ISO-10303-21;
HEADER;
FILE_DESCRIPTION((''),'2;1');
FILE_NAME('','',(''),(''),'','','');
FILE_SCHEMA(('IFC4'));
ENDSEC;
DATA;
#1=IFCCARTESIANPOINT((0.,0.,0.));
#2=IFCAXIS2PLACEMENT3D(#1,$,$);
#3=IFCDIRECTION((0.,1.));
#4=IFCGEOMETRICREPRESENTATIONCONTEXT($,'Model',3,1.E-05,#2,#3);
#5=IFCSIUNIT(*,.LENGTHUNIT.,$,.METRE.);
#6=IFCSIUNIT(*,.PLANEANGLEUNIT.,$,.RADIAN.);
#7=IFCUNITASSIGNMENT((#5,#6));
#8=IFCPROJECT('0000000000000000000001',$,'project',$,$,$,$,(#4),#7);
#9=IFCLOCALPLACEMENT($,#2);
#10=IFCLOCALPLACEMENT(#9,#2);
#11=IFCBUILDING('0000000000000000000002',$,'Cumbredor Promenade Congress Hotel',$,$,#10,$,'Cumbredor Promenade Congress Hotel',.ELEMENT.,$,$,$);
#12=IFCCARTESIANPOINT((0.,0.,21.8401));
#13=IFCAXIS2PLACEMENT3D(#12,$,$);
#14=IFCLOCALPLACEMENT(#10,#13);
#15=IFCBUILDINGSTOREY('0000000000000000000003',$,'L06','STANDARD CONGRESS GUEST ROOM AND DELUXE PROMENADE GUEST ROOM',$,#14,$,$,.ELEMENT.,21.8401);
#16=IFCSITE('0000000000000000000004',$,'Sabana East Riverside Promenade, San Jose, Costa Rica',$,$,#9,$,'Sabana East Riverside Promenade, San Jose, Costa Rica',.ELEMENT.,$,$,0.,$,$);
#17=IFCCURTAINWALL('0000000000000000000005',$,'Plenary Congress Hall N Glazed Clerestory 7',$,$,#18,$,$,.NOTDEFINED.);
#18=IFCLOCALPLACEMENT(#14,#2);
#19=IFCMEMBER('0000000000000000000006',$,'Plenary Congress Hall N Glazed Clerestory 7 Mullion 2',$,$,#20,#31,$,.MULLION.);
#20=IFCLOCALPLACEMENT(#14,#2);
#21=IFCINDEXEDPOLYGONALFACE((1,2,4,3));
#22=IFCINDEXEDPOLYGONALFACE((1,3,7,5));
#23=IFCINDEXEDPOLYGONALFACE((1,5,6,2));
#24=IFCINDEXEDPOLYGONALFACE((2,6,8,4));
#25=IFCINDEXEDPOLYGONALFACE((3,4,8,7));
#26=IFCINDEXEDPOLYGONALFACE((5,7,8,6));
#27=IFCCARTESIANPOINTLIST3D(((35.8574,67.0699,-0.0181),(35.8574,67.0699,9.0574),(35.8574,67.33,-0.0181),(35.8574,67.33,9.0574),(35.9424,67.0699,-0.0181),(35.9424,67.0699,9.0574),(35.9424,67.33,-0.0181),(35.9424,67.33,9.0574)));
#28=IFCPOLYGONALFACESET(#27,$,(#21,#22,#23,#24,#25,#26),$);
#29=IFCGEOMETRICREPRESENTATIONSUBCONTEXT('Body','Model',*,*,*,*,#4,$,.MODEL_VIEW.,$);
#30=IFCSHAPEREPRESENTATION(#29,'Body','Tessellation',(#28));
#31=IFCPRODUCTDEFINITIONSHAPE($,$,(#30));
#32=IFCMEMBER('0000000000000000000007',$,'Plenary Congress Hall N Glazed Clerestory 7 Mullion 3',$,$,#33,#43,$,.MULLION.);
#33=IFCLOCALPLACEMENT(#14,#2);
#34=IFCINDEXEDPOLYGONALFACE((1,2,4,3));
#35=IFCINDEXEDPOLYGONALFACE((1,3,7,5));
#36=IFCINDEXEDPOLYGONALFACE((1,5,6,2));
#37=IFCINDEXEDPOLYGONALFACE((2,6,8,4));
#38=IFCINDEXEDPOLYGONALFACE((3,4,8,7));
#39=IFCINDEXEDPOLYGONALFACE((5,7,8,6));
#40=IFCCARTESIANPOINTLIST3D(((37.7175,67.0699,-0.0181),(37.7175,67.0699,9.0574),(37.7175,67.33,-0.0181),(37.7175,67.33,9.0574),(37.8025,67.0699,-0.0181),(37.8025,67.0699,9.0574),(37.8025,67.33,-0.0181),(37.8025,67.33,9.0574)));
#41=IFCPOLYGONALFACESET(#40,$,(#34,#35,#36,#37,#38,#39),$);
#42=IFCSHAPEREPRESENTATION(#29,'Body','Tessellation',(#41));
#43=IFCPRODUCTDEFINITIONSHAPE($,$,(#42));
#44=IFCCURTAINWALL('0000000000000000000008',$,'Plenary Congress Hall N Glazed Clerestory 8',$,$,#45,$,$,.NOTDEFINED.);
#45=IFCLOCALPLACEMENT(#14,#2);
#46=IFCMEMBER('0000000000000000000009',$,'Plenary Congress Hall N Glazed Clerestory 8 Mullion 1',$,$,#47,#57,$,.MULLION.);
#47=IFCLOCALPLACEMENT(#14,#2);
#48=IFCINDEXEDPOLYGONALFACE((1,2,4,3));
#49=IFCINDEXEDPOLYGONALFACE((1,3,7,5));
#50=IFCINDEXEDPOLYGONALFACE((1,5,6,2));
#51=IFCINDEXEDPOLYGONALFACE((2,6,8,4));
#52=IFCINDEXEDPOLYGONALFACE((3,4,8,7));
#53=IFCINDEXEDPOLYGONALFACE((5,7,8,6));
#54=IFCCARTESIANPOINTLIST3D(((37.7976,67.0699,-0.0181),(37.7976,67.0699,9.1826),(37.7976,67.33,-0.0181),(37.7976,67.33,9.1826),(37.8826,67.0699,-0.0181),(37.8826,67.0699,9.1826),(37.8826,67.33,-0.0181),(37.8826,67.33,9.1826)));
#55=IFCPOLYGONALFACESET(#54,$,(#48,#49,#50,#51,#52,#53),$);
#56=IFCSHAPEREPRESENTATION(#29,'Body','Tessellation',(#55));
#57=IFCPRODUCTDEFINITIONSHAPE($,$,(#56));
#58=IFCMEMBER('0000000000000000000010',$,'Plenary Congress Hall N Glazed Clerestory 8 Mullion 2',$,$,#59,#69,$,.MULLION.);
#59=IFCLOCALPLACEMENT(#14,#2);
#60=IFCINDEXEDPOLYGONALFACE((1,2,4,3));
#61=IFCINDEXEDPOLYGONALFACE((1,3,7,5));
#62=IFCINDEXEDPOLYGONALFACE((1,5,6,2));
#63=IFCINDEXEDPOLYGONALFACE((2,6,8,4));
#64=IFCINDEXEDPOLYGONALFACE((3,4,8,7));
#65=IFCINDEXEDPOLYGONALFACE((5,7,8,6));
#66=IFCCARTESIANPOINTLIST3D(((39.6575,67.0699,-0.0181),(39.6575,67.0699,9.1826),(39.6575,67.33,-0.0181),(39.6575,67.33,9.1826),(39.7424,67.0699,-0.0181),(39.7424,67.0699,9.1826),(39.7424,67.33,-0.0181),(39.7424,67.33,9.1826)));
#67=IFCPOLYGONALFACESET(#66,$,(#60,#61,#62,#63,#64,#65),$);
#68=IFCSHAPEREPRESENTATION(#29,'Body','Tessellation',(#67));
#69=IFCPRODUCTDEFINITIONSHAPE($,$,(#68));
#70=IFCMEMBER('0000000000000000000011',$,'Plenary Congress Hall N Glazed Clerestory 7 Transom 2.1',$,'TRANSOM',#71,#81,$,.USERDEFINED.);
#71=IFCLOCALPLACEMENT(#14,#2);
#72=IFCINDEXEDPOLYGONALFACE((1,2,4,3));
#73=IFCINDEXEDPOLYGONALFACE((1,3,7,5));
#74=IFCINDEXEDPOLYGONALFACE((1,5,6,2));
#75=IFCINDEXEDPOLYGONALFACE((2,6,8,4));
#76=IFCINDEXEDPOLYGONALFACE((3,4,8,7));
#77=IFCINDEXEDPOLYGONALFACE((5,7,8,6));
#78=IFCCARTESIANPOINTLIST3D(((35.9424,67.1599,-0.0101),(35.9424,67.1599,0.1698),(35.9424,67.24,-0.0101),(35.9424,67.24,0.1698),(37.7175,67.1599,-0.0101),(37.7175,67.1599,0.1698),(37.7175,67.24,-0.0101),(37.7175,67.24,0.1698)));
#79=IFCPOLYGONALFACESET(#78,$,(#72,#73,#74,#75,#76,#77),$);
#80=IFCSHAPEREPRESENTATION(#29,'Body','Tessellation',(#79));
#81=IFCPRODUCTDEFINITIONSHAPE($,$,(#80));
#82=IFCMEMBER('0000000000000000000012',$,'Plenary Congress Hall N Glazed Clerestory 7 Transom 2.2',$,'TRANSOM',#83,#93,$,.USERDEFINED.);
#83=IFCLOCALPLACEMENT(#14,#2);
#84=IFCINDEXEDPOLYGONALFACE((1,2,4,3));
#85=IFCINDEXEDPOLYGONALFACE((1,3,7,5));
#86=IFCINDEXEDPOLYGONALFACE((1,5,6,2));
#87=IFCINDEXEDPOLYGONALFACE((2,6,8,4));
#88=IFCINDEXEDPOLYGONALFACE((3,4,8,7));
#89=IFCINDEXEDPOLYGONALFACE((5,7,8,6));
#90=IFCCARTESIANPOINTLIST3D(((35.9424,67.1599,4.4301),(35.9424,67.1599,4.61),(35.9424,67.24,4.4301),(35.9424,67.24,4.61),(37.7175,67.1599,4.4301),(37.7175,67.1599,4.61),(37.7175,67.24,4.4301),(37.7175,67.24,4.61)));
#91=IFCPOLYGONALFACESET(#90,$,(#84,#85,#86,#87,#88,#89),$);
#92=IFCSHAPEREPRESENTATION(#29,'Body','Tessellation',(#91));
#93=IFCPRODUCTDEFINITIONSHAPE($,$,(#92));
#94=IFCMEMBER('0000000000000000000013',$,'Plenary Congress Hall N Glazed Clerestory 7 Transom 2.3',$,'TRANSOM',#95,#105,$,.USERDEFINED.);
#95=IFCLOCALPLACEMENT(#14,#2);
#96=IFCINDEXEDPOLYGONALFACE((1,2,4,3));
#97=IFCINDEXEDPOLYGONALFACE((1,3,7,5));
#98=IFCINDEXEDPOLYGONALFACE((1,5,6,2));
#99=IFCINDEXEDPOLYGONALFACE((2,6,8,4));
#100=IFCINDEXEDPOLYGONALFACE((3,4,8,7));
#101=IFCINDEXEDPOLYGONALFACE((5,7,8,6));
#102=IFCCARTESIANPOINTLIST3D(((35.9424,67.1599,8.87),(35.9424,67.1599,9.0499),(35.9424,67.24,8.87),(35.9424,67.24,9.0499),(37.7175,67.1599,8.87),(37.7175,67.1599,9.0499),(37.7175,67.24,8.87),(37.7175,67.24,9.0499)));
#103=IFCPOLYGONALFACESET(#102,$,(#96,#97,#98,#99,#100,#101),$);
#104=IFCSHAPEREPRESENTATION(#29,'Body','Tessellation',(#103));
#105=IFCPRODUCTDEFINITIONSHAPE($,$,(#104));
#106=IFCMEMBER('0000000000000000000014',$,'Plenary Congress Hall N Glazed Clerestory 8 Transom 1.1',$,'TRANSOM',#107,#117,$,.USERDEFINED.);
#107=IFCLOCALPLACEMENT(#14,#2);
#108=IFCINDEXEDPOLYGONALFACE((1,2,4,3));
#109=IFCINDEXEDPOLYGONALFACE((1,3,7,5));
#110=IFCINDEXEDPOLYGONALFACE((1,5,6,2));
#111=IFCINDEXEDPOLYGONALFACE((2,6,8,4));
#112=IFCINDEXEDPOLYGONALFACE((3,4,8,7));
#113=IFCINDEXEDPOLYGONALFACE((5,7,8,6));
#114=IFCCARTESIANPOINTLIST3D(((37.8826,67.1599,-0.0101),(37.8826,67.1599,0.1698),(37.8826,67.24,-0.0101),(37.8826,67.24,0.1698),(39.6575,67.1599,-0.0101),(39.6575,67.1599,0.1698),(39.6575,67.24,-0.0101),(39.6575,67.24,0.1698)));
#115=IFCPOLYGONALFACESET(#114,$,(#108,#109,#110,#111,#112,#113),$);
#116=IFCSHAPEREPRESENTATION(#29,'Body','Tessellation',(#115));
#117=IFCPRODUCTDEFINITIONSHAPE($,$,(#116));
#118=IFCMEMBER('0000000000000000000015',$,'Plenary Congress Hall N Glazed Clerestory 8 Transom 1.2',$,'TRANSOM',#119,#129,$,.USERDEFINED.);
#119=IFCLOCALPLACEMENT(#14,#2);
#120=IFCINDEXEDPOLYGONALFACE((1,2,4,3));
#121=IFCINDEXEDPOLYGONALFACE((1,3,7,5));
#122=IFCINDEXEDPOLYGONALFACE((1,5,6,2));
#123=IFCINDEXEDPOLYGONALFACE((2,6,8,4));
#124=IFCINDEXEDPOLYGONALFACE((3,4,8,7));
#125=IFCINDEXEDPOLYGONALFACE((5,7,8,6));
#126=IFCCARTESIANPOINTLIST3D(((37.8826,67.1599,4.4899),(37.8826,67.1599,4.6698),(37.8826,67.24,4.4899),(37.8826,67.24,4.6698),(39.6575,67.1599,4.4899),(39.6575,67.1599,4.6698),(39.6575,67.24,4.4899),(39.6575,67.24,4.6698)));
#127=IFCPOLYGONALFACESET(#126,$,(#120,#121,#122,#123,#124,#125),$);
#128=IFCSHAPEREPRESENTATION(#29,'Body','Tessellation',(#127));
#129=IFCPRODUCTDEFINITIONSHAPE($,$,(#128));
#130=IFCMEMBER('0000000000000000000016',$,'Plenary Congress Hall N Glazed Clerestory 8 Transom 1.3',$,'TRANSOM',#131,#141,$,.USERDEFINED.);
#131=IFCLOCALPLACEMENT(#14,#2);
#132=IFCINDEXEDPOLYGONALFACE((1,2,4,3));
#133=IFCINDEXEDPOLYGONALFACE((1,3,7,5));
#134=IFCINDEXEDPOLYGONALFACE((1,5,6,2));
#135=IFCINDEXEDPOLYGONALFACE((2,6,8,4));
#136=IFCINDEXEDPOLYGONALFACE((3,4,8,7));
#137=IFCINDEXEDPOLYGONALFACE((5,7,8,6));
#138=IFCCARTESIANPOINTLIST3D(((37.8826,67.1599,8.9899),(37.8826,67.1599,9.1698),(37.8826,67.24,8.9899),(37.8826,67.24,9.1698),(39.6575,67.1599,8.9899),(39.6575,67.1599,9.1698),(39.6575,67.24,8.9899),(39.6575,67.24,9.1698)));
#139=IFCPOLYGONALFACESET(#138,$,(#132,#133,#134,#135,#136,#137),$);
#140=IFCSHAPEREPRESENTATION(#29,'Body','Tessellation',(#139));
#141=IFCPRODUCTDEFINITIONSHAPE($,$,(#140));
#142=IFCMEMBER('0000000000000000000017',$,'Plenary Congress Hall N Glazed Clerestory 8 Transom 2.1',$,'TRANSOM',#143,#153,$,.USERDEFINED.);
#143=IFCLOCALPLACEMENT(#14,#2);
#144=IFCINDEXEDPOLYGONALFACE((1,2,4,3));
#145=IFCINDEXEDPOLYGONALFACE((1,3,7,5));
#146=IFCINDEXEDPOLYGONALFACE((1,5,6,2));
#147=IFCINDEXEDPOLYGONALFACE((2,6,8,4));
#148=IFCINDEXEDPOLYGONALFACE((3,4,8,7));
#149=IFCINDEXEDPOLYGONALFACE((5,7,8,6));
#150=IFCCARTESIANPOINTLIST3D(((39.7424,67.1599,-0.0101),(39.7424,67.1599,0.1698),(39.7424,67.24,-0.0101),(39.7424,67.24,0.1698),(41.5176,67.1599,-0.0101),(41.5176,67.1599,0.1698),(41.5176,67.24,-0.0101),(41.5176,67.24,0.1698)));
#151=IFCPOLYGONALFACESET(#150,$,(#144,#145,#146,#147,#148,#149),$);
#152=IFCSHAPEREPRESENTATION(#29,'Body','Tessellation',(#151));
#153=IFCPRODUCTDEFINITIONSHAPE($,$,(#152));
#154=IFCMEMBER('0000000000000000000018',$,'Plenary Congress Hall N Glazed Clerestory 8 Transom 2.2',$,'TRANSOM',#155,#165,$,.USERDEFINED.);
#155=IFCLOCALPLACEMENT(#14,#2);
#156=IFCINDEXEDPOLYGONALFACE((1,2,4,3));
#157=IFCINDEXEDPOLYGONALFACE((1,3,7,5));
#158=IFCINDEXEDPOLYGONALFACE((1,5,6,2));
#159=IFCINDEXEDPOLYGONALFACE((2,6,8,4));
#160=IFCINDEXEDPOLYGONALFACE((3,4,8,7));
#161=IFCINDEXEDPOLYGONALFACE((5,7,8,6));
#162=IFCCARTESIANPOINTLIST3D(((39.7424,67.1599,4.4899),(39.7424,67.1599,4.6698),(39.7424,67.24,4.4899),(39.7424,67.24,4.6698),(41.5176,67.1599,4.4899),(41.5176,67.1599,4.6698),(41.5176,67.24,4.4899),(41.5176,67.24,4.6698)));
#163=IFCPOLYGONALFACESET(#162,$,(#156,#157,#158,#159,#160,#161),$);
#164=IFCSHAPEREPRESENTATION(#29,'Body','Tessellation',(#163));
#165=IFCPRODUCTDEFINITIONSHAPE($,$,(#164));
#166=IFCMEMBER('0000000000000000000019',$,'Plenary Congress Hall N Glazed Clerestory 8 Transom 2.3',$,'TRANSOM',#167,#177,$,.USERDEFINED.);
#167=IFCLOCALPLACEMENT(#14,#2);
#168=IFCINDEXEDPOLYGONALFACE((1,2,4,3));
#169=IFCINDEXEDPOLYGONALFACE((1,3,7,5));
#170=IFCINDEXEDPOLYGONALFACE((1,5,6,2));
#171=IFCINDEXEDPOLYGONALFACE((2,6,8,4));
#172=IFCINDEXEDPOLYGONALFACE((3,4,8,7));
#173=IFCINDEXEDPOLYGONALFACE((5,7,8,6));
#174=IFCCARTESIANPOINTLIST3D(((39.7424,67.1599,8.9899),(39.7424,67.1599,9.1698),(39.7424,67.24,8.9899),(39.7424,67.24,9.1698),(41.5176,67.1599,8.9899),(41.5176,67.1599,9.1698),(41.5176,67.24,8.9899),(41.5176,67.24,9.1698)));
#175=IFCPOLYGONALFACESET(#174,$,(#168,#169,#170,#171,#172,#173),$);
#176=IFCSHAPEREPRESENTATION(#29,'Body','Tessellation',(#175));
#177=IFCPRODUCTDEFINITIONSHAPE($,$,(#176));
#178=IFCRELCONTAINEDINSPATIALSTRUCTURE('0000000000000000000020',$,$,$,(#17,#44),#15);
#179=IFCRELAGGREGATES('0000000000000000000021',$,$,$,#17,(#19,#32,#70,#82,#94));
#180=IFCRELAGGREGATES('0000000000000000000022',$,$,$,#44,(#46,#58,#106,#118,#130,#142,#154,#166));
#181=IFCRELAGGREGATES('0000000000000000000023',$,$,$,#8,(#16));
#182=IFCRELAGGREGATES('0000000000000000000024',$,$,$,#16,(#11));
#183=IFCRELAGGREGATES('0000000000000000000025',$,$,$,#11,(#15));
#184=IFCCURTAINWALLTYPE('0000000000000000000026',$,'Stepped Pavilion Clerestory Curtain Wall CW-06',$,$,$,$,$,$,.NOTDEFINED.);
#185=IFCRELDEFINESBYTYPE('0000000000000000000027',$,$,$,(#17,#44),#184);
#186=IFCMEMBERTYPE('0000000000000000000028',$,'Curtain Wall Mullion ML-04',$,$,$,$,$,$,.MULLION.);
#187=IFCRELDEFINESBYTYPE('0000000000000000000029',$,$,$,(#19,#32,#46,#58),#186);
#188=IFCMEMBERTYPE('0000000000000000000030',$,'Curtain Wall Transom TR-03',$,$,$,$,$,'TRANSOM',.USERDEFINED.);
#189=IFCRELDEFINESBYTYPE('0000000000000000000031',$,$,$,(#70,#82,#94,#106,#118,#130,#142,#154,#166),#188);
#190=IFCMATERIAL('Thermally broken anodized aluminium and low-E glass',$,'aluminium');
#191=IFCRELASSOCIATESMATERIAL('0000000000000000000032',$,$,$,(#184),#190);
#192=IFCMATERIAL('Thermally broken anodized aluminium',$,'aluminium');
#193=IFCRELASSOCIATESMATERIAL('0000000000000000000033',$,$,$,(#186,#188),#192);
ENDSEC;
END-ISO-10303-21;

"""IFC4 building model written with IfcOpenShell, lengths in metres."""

from ifc_helpers import new_model, si_unit, direction, frame, origin, origin_2d, place, context, subcontext, project, spatial, rectangle, extrude, material, material_profile, profile_set, type_object, element, aggregate, save


model = new_model("IFC4")

# Units and contexts
model_context = context("Model", 3, precision=1e-05, world=origin(), true_north=direction((0.0, 1.0)))
body_context = subcontext(model_context, "Body", "Model", "MODEL_VIEW")
ifc_project = project(units=[si_unit("LENGTHUNIT", "METRE"), si_unit("PLANEANGLEUNIT", "RADIAN")], contexts=[model_context])

# Site, building, storey
site_placement = place(None, origin())
site = spatial("IfcSite", under=ifc_project, at=site_placement, Name="Sabana East Riverside Promenade, San Jose, Costa Rica", LongName="Sabana East Riverside Promenade, San Jose, Costa Rica", CompositionType="ELEMENT", RefElevation=0.0)
building_placement = place(site_placement, origin())
building = spatial("IfcBuilding", under=site, at=building_placement, Name="Cumbredor Promenade Congress Hotel", LongName="Cumbredor Promenade Congress Hotel", CompositionType="ELEMENT")
storey_placement = place(building_placement, frame((0.0, 0.0, 21.8401)))
storey = spatial("IfcBuildingStorey", under=building, at=storey_placement, Name="L06", Description="STANDARD CONGRESS GUEST ROOM AND DELUXE PROMENADE GUEST ROOM", CompositionType="ELEMENT", Elevation=21.8401)

# Curtain walls, members
ifc_material_1 = material(Name="Thermally broken anodized aluminium and low-E glass", Category="aluminium")
curtain_wall_type = type_object("IfcCurtainWallType", Name="Stepped Pavilion Clerestory Curtain Wall CW-06", PredefinedType="NOTDEFINED", material=ifc_material_1)
curtain_wall_1_placement = place(storey_placement, origin())
curtain_wall_1 = element("IfcCurtainWall", 1, at=curtain_wall_1_placement, inside=storey, type_object=curtain_wall_type, Name="Plenary Congress Hall N Glazed Clerestory 7", PredefinedType="NOTDEFINED")
ifc_material_2 = material(Name="Thermally broken anodized aluminium", Category="aluminium")
ifc_material_profile_1 = material_profile(ifc_material_2, rectangle(XDim=0.085, YDim=0.26, at=origin_2d()), Name="ALU MULLION CLERESTORY 85x260")
ifc_profile_set_1 = profile_set([ifc_material_profile_1], Name="Thermally broken anodized aluminium")
member_type_1 = type_object("IfcMemberType", Name="Curtain Wall Mullion ML-04", PredefinedType="MULLION", material=ifc_profile_set_1)
member_1_placement = place(storey_placement, frame((35.8999, 67.2, -0.0181), z_axis=(0.0, 0.0, 1.0), x_axis=(1.0, 0.0, 0.0)))
member_1 = element("IfcMember", 2, at=member_1_placement, type_object=member_type_1, Name="Plenary Congress Hall N Glazed Clerestory 7 Mullion 2", PredefinedType="MULLION", context=body_context, shape_type="SweptSolid", body=[
    extrude(rectangle(XDim=0.085, YDim=0.26, at=origin_2d()), origin(), (0.0, 0.0, 1.0), 9.0754),
])
member_2_placement = place(storey_placement, frame((37.76, 67.2, -0.0181), z_axis=(0.0, 0.0, 1.0), x_axis=(1.0, 0.0, 0.0)))
member_2 = element("IfcMember", 3, at=member_2_placement, type_object=member_type_1, Name="Plenary Congress Hall N Glazed Clerestory 7 Mullion 3", PredefinedType="MULLION", context=body_context, shape_type="SweptSolid", body=[
    extrude(rectangle(XDim=0.085, YDim=0.26, at=origin_2d()), origin(), (0.0, 0.0, 1.0), 9.0754),
])
curtain_wall_2_placement = place(storey_placement, origin())
curtain_wall_2 = element("IfcCurtainWall", 4, at=curtain_wall_2_placement, inside=storey, type_object=curtain_wall_type, Name="Plenary Congress Hall N Glazed Clerestory 8", PredefinedType="NOTDEFINED")
member_3_placement = place(storey_placement, frame((37.8401, 67.2, -0.0181), z_axis=(0.0, 0.0, 1.0), x_axis=(1.0, 0.0, 0.0)))
member_3 = element("IfcMember", 5, at=member_3_placement, type_object=member_type_1, Name="Plenary Congress Hall N Glazed Clerestory 8 Mullion 1", PredefinedType="MULLION", context=body_context, shape_type="SweptSolid", body=[
    extrude(rectangle(XDim=0.085, YDim=0.26, at=origin_2d()), origin(), (0.0, 0.0, 1.0), 9.2007),
])
member_4_placement = place(storey_placement, frame((39.7, 67.2, -0.0181), z_axis=(0.0, 0.0, 1.0), x_axis=(1.0, 0.0, 0.0)))
member_4 = element("IfcMember", 6, at=member_4_placement, type_object=member_type_1, Name="Plenary Congress Hall N Glazed Clerestory 8 Mullion 2", PredefinedType="MULLION", context=body_context, shape_type="SweptSolid", body=[
    extrude(rectangle(XDim=0.085, YDim=0.26, at=origin_2d()), origin(), (0.0, 0.0, 1.0), 9.2007),
])

# Members
ifc_material_profile_2 = material_profile(ifc_material_2, rectangle(XDim=0.0801, YDim=0.1799, at=origin_2d()), Name="ALU TRANSOM 80x180")
ifc_profile_set_2 = profile_set([ifc_material_profile_2], Name="Thermally broken anodized aluminium")
member_type_2 = type_object("IfcMemberType", Name="Curtain Wall Transom TR-03", ElementType="TRANSOM", PredefinedType="USERDEFINED", material=ifc_profile_set_2)
member_5_placement = place(storey_placement, frame((35.9424, 67.2, 0.0798), z_axis=(1.0, 0.0, 0.0), x_axis=(0.0, 1.0, 0.0)))
member_5 = element("IfcMember", 7, at=member_5_placement, type_object=member_type_2, Name="Plenary Congress Hall N Glazed Clerestory 7 Transom 2.1", ObjectType="TRANSOM", PredefinedType="USERDEFINED", context=body_context, shape_type="SweptSolid", body=[
    extrude(rectangle(XDim=0.0801, YDim=0.1799, at=origin_2d()), origin(), (0.0, 0.0, 1.0), 1.7751),
])
member_6_placement = place(storey_placement, frame((35.9424, 67.2, 4.52), z_axis=(1.0, 0.0, 0.0), x_axis=(0.0, 1.0, 0.0)))
member_6 = element("IfcMember", 8, at=member_6_placement, type_object=member_type_2, Name="Plenary Congress Hall N Glazed Clerestory 7 Transom 2.2", ObjectType="TRANSOM", PredefinedType="USERDEFINED", context=body_context, shape_type="SweptSolid", body=[
    extrude(rectangle(XDim=0.0801, YDim=0.1799, at=origin_2d()), origin(), (0.0, 0.0, 1.0), 1.7751),
])
member_7_placement = place(storey_placement, frame((35.9424, 67.2, 8.96), z_axis=(1.0, 0.0, 0.0), x_axis=(0.0, 1.0, 0.0)))
member_7 = element("IfcMember", 9, at=member_7_placement, type_object=member_type_2, Name="Plenary Congress Hall N Glazed Clerestory 7 Transom 2.3", ObjectType="TRANSOM", PredefinedType="USERDEFINED", context=body_context, shape_type="SweptSolid", body=[
    extrude(rectangle(XDim=0.0801, YDim=0.1799, at=origin_2d()), origin(), (0.0, 0.0, 1.0), 1.7751),
])
member_8_placement = place(storey_placement, frame((37.8826, 67.2, 0.0798), z_axis=(1.0, 0.0, 0.0), x_axis=(0.0, 1.0, 0.0)))
member_8 = element("IfcMember", 10, at=member_8_placement, type_object=member_type_2, Name="Plenary Congress Hall N Glazed Clerestory 8 Transom 1.1", ObjectType="TRANSOM", PredefinedType="USERDEFINED", context=body_context, shape_type="SweptSolid", body=[
    extrude(rectangle(XDim=0.0801, YDim=0.1799, at=origin_2d()), origin(), (0.0, 0.0, 1.0), 1.7749),
])
member_9_placement = place(storey_placement, frame((37.8826, 67.2, 4.5798), z_axis=(1.0, 0.0, 0.0), x_axis=(0.0, 1.0, 0.0)))
member_9 = element("IfcMember", 11, at=member_9_placement, type_object=member_type_2, Name="Plenary Congress Hall N Glazed Clerestory 8 Transom 1.2", ObjectType="TRANSOM", PredefinedType="USERDEFINED", context=body_context, shape_type="SweptSolid", body=[
    extrude(rectangle(XDim=0.0801, YDim=0.1799, at=origin_2d()), origin(), (0.0, 0.0, 1.0), 1.7749),
])
member_10_placement = place(storey_placement, frame((37.8826, 67.2, 9.0798), z_axis=(1.0, 0.0, 0.0), x_axis=(0.0, 1.0, 0.0)))
member_10 = element("IfcMember", 12, at=member_10_placement, type_object=member_type_2, Name="Plenary Congress Hall N Glazed Clerestory 8 Transom 1.3", ObjectType="TRANSOM", PredefinedType="USERDEFINED", context=body_context, shape_type="SweptSolid", body=[
    extrude(rectangle(XDim=0.0801, YDim=0.1799, at=origin_2d()), origin(), (0.0, 0.0, 1.0), 1.7749),
])
member_11_placement = place(storey_placement, frame((39.7424, 67.2, 0.0798), z_axis=(1.0, 0.0, 0.0), x_axis=(0.0, 1.0, 0.0)))
member_11 = element("IfcMember", 13, at=member_11_placement, type_object=member_type_2, Name="Plenary Congress Hall N Glazed Clerestory 8 Transom 2.1", ObjectType="TRANSOM", PredefinedType="USERDEFINED", context=body_context, shape_type="SweptSolid", body=[
    extrude(rectangle(XDim=0.0801, YDim=0.1799, at=origin_2d()), origin(), (0.0, 0.0, 1.0), 1.7751),
])
member_12_placement = place(storey_placement, frame((39.7424, 67.2, 4.5798), z_axis=(1.0, 0.0, 0.0), x_axis=(0.0, 1.0, 0.0)))
member_12 = element("IfcMember", 14, at=member_12_placement, type_object=member_type_2, Name="Plenary Congress Hall N Glazed Clerestory 8 Transom 2.2", ObjectType="TRANSOM", PredefinedType="USERDEFINED", context=body_context, shape_type="SweptSolid", body=[
    extrude(rectangle(XDim=0.0801, YDim=0.1799, at=origin_2d()), origin(), (0.0, 0.0, 1.0), 1.7751),
])
member_13_placement = place(storey_placement, frame((39.7424, 67.2, 9.0798), z_axis=(1.0, 0.0, 0.0), x_axis=(0.0, 1.0, 0.0)))
member_13 = element("IfcMember", 15, at=member_13_placement, type_object=member_type_2, Name="Plenary Congress Hall N Glazed Clerestory 8 Transom 2.3", ObjectType="TRANSOM", PredefinedType="USERDEFINED", context=body_context, shape_type="SweptSolid", body=[
    extrude(rectangle(XDim=0.0801, YDim=0.1799, at=origin_2d()), origin(), (0.0, 0.0, 1.0), 1.7751),
])

aggregate(curtain_wall_1, [member_1, member_2, member_5, member_6, member_7])
aggregate(curtain_wall_2, [member_3, member_4, member_8, member_9, member_10, member_11, member_12, member_13])

save(model, "model.ifc")
